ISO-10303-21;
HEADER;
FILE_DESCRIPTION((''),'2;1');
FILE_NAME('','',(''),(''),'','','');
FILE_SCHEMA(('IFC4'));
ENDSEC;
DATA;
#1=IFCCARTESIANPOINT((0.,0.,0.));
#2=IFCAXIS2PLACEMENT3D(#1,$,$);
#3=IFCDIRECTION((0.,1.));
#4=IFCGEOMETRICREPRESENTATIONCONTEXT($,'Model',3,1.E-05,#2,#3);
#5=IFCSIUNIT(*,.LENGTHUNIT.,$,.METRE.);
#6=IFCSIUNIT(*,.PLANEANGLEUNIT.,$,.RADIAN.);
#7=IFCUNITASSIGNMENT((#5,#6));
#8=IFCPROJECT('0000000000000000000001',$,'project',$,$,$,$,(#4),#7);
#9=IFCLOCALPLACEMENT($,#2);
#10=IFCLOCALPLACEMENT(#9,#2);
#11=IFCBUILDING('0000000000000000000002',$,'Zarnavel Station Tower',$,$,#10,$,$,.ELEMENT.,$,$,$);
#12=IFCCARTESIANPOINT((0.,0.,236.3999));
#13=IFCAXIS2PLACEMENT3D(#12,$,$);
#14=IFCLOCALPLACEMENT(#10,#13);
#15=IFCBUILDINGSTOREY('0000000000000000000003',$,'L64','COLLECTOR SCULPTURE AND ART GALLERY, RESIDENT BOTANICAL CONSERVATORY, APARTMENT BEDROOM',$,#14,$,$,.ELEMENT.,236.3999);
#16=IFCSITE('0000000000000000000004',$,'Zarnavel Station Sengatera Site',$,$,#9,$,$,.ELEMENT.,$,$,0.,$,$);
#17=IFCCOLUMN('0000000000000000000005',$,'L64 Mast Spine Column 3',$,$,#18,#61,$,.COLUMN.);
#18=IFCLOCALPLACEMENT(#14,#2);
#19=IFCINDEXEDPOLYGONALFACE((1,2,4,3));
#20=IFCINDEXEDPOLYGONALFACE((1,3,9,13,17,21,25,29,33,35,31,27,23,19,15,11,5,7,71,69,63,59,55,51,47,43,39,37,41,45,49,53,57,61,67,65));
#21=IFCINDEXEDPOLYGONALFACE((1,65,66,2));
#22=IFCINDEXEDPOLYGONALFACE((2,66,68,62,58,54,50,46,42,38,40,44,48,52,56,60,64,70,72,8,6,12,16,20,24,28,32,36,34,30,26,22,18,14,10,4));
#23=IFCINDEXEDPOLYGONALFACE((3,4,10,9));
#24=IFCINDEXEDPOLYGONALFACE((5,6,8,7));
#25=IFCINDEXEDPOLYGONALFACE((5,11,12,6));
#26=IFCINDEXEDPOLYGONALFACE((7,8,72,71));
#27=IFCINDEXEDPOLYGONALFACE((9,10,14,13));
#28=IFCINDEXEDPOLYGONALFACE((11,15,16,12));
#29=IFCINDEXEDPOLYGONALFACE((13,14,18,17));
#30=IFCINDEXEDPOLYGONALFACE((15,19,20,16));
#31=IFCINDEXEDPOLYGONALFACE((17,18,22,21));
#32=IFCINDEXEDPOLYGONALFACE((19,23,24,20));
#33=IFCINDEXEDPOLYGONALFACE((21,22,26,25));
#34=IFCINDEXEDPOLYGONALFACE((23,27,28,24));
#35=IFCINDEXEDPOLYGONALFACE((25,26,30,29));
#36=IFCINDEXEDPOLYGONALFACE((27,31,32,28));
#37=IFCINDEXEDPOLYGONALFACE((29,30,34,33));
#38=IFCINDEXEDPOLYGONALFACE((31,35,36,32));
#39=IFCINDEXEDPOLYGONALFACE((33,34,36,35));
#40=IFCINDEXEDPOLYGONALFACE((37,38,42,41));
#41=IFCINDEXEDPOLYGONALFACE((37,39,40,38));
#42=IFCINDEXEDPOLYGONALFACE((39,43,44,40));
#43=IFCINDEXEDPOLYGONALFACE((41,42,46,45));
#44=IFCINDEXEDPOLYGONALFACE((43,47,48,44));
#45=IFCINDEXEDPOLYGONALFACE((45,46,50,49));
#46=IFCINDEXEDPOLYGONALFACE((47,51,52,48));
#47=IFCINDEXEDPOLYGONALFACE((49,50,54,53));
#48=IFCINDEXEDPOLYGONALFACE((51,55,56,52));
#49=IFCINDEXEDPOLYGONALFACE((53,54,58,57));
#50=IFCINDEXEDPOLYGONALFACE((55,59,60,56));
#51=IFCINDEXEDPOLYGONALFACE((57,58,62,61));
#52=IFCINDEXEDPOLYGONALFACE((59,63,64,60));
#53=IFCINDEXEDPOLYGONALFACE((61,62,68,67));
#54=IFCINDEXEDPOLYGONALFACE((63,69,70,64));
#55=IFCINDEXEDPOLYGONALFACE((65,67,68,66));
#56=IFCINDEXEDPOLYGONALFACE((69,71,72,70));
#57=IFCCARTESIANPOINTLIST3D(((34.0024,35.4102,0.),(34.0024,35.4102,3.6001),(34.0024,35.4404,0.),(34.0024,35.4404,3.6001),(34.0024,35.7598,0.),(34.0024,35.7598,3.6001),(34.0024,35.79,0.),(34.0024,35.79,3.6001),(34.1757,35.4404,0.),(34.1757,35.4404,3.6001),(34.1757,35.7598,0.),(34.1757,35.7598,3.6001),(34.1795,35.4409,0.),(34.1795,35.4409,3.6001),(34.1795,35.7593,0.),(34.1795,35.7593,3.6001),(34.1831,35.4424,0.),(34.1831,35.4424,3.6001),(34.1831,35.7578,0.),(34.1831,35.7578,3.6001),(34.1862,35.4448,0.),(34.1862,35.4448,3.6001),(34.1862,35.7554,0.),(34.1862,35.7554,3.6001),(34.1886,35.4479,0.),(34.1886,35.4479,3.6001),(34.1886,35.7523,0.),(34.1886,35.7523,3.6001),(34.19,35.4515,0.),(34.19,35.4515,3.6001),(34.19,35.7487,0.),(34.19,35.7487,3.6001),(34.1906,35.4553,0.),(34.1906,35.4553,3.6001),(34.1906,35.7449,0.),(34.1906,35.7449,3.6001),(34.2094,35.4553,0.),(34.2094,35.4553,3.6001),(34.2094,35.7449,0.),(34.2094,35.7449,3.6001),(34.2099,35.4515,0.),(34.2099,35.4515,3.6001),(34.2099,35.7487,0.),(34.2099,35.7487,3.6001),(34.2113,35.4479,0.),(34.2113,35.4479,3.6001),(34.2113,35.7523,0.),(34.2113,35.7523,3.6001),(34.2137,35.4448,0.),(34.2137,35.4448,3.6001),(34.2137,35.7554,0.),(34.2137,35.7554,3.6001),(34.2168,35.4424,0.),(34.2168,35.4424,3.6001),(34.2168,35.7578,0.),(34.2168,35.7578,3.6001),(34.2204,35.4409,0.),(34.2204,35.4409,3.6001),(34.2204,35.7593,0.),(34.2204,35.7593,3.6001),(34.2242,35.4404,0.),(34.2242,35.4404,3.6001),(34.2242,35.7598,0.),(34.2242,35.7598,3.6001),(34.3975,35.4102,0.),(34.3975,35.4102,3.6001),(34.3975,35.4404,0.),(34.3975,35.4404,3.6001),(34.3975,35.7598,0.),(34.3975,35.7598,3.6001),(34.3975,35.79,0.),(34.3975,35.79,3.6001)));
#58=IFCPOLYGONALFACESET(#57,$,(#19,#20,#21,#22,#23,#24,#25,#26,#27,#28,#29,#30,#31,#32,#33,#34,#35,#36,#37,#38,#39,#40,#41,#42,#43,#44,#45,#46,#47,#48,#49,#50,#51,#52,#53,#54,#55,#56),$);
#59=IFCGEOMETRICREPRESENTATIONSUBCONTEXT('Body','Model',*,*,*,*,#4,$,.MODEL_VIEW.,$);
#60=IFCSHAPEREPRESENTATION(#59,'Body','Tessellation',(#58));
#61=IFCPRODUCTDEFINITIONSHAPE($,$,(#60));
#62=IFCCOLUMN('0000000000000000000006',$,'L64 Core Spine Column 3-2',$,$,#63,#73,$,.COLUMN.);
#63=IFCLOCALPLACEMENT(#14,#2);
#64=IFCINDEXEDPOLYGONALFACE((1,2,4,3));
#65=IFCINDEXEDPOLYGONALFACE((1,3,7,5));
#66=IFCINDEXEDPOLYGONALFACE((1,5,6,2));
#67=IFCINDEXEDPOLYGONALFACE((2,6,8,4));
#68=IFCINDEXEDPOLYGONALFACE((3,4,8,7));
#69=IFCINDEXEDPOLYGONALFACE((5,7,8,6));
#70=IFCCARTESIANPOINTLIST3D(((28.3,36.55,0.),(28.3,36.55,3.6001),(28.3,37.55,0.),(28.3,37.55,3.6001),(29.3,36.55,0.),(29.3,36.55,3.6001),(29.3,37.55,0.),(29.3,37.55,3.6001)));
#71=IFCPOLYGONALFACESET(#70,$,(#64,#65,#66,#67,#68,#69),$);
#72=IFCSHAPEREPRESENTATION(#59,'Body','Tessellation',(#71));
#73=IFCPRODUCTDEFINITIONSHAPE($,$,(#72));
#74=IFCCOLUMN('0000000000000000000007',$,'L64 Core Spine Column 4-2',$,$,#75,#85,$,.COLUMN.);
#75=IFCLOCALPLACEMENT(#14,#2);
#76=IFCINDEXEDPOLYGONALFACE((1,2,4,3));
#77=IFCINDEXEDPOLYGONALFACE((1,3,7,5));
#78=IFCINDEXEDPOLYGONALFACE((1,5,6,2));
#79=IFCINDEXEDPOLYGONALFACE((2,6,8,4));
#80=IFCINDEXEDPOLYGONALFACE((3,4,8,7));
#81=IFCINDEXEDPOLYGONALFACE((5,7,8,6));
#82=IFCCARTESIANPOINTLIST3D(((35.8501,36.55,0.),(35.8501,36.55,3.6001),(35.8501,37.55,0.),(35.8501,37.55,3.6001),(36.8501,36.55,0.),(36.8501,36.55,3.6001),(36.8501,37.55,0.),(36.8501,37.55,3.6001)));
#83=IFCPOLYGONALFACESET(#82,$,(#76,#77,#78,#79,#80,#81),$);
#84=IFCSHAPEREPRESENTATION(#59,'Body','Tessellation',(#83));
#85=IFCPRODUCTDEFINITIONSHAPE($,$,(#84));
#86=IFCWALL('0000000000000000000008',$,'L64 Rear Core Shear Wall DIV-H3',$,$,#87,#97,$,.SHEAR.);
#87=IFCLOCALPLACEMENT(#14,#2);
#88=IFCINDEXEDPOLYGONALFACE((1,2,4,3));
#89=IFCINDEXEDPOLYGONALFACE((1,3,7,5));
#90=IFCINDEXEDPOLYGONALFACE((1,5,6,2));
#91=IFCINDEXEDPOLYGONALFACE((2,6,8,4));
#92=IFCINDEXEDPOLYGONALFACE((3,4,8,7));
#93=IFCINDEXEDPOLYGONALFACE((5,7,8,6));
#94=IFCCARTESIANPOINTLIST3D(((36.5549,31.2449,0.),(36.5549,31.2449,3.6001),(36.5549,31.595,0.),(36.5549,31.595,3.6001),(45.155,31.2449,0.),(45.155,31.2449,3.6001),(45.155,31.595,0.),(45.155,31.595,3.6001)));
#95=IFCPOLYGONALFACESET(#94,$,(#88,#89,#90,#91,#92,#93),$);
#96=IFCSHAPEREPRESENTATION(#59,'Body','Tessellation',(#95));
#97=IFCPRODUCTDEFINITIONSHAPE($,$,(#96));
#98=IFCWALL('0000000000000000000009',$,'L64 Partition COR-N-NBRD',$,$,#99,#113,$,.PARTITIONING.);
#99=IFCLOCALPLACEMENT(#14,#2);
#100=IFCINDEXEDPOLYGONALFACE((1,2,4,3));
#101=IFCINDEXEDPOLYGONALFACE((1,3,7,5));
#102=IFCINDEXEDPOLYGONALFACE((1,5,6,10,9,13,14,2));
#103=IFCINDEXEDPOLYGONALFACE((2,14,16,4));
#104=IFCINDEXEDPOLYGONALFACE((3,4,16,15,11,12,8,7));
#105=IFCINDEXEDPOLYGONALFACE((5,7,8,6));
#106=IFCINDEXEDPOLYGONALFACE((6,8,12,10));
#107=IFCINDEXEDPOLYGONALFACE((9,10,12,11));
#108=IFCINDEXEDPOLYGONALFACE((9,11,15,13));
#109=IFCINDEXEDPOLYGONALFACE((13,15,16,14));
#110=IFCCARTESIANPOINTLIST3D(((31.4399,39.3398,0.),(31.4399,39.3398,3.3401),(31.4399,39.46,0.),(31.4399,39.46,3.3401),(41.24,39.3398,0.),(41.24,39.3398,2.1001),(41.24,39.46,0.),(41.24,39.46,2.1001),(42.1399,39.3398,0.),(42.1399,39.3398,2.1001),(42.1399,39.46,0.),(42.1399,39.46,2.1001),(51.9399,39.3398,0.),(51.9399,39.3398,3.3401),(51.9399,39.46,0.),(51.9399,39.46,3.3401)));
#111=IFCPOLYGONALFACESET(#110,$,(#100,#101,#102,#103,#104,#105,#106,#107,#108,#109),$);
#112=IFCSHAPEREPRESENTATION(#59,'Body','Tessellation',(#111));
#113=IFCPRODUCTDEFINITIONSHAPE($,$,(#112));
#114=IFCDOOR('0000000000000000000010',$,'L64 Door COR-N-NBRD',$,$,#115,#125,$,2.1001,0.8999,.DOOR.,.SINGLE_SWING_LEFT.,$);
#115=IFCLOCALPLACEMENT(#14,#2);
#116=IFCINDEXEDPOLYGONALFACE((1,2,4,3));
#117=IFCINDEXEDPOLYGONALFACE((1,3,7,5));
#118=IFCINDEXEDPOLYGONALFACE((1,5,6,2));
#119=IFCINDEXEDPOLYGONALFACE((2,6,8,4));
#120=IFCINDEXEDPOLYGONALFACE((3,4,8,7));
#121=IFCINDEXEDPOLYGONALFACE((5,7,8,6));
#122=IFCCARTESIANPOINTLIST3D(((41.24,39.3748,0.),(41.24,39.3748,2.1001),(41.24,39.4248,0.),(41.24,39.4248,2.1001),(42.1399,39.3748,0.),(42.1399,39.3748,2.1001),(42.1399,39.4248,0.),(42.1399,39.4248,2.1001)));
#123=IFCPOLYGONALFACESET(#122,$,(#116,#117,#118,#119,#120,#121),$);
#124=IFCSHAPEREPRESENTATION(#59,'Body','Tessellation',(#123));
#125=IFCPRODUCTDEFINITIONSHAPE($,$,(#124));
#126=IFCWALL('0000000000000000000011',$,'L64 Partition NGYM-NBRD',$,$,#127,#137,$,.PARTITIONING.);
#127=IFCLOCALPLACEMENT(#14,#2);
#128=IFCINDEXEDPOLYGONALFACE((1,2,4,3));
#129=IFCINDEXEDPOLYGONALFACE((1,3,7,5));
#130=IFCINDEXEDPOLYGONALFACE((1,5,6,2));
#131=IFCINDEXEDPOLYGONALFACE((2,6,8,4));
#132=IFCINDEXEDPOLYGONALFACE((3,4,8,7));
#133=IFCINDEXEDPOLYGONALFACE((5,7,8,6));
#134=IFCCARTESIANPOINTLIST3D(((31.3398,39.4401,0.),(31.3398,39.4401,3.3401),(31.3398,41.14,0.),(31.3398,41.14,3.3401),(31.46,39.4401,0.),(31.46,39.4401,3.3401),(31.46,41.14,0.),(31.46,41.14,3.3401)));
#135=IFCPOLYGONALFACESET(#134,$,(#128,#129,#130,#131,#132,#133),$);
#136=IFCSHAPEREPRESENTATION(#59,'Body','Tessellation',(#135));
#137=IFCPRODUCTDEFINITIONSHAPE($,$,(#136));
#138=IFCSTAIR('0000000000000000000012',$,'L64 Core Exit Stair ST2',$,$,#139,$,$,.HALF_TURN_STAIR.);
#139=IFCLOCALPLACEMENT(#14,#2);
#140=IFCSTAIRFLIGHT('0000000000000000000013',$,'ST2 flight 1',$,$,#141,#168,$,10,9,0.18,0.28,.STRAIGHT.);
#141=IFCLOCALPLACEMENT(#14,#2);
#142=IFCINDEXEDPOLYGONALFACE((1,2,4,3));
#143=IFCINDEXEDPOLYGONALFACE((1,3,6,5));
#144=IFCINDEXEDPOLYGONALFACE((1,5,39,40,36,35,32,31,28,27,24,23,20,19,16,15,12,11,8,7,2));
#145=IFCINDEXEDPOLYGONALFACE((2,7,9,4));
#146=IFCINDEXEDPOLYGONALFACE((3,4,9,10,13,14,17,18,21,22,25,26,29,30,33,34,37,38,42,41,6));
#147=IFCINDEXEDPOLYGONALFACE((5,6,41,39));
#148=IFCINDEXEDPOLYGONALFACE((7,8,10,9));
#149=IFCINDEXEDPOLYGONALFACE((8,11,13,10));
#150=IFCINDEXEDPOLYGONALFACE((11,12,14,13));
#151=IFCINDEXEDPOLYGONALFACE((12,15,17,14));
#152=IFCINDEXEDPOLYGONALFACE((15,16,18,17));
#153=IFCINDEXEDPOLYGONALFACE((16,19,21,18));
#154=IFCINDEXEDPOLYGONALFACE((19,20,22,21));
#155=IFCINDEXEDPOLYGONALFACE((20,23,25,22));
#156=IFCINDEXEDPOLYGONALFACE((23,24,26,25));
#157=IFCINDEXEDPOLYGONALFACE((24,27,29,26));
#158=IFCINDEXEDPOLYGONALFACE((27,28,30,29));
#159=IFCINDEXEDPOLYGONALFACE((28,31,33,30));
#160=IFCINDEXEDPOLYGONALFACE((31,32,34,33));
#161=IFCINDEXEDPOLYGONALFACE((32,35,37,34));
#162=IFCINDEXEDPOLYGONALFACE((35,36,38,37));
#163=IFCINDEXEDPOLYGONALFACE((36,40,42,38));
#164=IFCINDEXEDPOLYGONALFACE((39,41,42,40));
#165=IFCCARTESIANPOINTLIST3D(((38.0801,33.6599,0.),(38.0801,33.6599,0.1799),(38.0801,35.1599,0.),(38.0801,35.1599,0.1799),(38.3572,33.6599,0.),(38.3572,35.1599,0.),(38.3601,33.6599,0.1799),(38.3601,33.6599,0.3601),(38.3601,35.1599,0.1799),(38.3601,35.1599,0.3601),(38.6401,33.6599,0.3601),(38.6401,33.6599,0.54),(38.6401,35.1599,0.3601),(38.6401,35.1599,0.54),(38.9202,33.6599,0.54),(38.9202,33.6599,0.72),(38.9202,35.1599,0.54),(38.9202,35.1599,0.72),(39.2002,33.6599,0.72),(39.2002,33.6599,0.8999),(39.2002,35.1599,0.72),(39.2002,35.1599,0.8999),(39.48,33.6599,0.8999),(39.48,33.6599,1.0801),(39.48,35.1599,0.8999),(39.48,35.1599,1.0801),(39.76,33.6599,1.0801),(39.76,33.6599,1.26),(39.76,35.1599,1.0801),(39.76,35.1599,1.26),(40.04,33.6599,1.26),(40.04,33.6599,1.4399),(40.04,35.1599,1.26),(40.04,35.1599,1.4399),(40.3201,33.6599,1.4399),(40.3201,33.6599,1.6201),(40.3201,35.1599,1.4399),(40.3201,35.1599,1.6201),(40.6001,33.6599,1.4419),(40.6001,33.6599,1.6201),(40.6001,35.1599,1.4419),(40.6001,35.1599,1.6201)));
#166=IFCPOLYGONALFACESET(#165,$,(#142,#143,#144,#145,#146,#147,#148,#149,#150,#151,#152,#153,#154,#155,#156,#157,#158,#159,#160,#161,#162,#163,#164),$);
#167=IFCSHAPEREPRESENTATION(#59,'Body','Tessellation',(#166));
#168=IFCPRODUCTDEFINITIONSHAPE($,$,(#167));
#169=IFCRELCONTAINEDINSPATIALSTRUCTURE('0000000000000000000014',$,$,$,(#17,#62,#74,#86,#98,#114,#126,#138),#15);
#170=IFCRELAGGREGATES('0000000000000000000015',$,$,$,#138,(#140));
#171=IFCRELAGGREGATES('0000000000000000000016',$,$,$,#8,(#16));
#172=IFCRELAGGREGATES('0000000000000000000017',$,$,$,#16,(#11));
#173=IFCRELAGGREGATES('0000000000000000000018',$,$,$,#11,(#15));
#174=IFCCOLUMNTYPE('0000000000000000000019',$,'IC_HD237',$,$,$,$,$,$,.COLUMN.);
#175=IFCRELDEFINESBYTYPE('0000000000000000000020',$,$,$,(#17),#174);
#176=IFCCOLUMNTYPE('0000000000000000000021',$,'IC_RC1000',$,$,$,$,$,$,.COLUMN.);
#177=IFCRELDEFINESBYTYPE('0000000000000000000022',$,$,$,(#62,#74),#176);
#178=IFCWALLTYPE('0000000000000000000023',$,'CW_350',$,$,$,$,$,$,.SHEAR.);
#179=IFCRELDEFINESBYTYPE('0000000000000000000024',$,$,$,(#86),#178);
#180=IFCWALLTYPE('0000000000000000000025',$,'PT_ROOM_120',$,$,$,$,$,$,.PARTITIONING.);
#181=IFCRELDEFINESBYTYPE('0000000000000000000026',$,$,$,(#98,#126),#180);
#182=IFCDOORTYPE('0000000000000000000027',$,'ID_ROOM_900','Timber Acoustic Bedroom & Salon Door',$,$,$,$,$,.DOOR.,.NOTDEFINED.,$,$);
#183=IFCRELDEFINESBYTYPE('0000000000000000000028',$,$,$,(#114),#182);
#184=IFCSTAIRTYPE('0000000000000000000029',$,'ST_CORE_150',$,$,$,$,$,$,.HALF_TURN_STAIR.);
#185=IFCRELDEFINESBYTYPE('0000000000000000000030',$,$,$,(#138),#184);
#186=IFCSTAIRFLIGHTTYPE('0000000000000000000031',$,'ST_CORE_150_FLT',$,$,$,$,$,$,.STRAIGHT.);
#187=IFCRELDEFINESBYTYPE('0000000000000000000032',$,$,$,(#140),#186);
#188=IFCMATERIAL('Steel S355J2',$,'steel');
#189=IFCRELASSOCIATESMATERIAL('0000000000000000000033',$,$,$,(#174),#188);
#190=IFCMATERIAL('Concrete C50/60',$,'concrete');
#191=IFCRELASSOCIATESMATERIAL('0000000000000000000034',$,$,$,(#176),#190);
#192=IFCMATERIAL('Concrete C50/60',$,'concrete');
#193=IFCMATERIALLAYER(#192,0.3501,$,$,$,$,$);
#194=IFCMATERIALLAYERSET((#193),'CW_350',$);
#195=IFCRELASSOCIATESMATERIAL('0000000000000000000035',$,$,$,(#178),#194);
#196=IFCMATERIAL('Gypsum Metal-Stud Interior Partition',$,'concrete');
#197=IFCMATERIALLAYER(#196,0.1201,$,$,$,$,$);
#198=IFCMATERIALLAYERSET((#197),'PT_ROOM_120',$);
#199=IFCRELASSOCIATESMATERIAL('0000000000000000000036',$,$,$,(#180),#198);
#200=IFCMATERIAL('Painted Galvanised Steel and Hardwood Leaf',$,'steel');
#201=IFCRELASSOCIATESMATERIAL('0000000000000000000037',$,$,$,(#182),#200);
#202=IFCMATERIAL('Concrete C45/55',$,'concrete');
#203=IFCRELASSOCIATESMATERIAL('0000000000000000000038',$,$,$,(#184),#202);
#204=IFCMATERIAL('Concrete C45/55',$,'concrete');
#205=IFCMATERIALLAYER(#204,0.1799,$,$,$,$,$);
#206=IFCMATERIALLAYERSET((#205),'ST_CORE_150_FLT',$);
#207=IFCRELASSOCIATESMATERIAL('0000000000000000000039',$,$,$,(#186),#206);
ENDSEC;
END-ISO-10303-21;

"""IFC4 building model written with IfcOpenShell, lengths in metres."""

from ifc_helpers import new_model, si_unit, direction, frame, frame_2d, origin, origin_2d, place, context, subcontext, project, spatial, polyline, rectangle, i_section, outline, extrude, material, layer, layer_set, material_profile, profile_set, type_object, element, fill, aggregate, save


model = new_model("IFC4")

# Units and contexts
model_context = context("Model", 3, precision=1e-05, world=origin(), true_north=direction((0.0, 1.0)))
body_context = subcontext(model_context, "Body", "Model", "MODEL_VIEW")
ifc_project = project(units=[si_unit("LENGTHUNIT", "METRE"), si_unit("PLANEANGLEUNIT", "RADIAN")], contexts=[model_context])

# Site, building, storey
site_placement = place(None, origin())
site = spatial("IfcSite", under=ifc_project, at=site_placement, Name="Zarnavel Station Sengatera Site", CompositionType="ELEMENT", RefElevation=0.0)
building_placement = place(site_placement, origin())
building = spatial("IfcBuilding", under=site, at=building_placement, Name="Zarnavel Station Tower", CompositionType="ELEMENT")
storey_placement = place(building_placement, frame((0.0, 0.0, 236.3999)))
storey = spatial("IfcBuildingStorey", under=building, at=storey_placement, Name="L64", Description="COLLECTOR SCULPTURE AND ART GALLERY, RESIDENT BOTANICAL CONSERVATORY, APARTMENT BEDROOM", CompositionType="ELEMENT", Elevation=236.3999)

# Columns
ifc_material_1 = material(Name="Steel S355J2", Category="steel")
ifc_material_profile_1 = material_profile(ifc_material_1, i_section(OverallWidth=0.395, OverallDepth=0.3799, WebThickness=0.0188, FlangeThickness=0.0303, FilletRadius=0.0149, at=origin_2d()), Name="HD400x237")
ifc_profile_set_1 = profile_set([ifc_material_profile_1], Name="Steel S355J2")
column_type_1 = type_object("IfcColumnType", Name="IC_HD237", PredefinedType="COLUMN", material=ifc_profile_set_1)
column_placement = place(storey_placement, frame((34.2, 35.6001, 0.0), z_axis=(0.0, 0.0, 1.0), x_axis=(1.0, 0.0, 0.0)))
element("IfcColumn", 1, at=column_placement, inside=storey, type_object=column_type_1, Name="L64 Mast Spine Column 3", PredefinedType="COLUMN", context=body_context, shape_type="SweptSolid", body=[
    extrude(i_section(OverallWidth=0.395, OverallDepth=0.3799, WebThickness=0.0188, FlangeThickness=0.0303, FilletRadius=0.0149, at=origin_2d()), origin(), (0.0, 0.0, 1.0), 3.6001),
])
ifc_material_2 = material(Name="Concrete C50/60", Category="concrete")
ifc_material_profile_2 = material_profile(ifc_material_2, rectangle(XDim=1.0, YDim=1.0, at=origin_2d()), Name="RC1000x1000")
ifc_profile_set_2 = profile_set([ifc_material_profile_2], Name="Concrete C50/60")
column_type_2 = type_object("IfcColumnType", Name="IC_RC1000", PredefinedType="COLUMN", material=ifc_profile_set_2)
for number, where, z_axis, x_axis, name in (
    (2, (28.8, 37.05, 0.0), (0.0, 0.0, 1.0), (1.0, 0.0, 0.0), "L64 Core Spine Column 3-2"),
    (3, (36.3501, 37.05, 0.0), (0.0, 0.0, 1.0), (1.0, 0.0, 0.0), "L64 Core Spine Column 4-2"),
):
    element("IfcColumn", number, at=place(storey_placement, frame(where, z_axis=z_axis, x_axis=x_axis)), inside=storey, type_object=column_type_2, Name=name, PredefinedType="COLUMN", context=body_context, shape_type="SweptSolid", body=[
        extrude(rectangle(XDim=1.0, YDim=1.0, at=origin_2d()), origin(), (0.0, 0.0, 1.0), 3.6001),
    ])

# Wall
ifc_material_3 = material(Name="Concrete C50/60", Category="concrete")
ifc_layer_1 = layer(ifc_material_3, 0.3501)
ifc_layer_set_1 = layer_set([ifc_layer_1], Name="CW_350")
wall_type_1 = type_object("IfcWallType", Name="CW_350", PredefinedType="SHEAR", material=ifc_layer_set_1)
wall_1_placement = place(storey_placement, frame((36.5549, 31.4199, 0.0), z_axis=(0.0, 0.0, 1.0), x_axis=(1.0, 0.0, 0.0)))
element("IfcWall", 4, at=wall_1_placement, inside=storey, type_object=wall_type_1, Name="L64 Rear Core Shear Wall DIV-H3", PredefinedType="SHEAR", context=body_context, shape_type="SweptSolid", body=[
    extrude(rectangle(XDim=8.6001, YDim=0.3501, at=frame_2d((4.3, 0.0))), origin(), (0.0, 0.0, 1.0), 3.6001),
])

# Wall, opening, door
ifc_material_4 = material(Name="Gypsum Metal-Stud Interior Partition", Category="concrete")
ifc_layer_2 = layer(ifc_material_4, 0.1201)
ifc_layer_set_2 = layer_set([ifc_layer_2], Name="PT_ROOM_120")
wall_type_2 = type_object("IfcWallType", Name="PT_ROOM_120", PredefinedType="PARTITIONING", material=ifc_layer_set_2)
wall_2_placement = place(storey_placement, frame((31.4399, 39.3999, 0.0), z_axis=(0.0, 0.0, 1.0), x_axis=(1.0, 0.0, 0.0)))
wall_2 = element("IfcWall", 5, at=wall_2_placement, inside=storey, type_object=wall_type_2, Name="L64 Partition COR-N-NBRD", PredefinedType="PARTITIONING", context=body_context, shape_type="SweptSolid", body=[
    extrude(rectangle(XDim=20.5, YDim=0.1201, at=frame_2d((10.25, 0.0))), origin(), (0.0, 0.0, 1.0), 3.3401),
])
opening_1_placement = place(wall_2_placement, frame((9.8, 0.0, 0.0)))
opening_1 = element("IfcOpeningElement", 6, at=opening_1_placement, cuts=wall_2, PredefinedType="OPENING", context=body_context, shape_type="SweptSolid", body=[
    extrude(rectangle(XDim=0.8999, YDim=2.1001, at=frame_2d((0.45, 1.05))), frame((0.0, 0.0701, 0.0), z_axis=(0.0, -1.0, 0.0), x_axis=(1.0, 0.0, 0.0)), (0.0, 0.0, 1.0), 0.1401),
])
ifc_material_5 = material(Name="Painted Galvanised Steel and Hardwood Leaf", Category="steel")
door_type_1 = type_object("IfcDoorType", Name="ID_ROOM_900", Description="Timber Acoustic Bedroom & Salon Door", OperationType="NOTDEFINED", PredefinedType="DOOR", material=ifc_material_5)
door_1_placement = place(opening_1_placement, origin())
door_1 = element("IfcDoor", 7, at=door_1_placement, inside=storey, type_object=door_type_1, Name="L64 Door COR-N-NBRD", OperationType="SINGLE_SWING_LEFT", OverallHeight=2.1001, OverallWidth=0.8999, PredefinedType="DOOR", context=body_context, shape_type="SweptSolid", body=[
    extrude(rectangle(XDim=0.8999, YDim=2.1001, at=frame_2d((0.45, 1.05))), frame((0.0, 0.0249, 0.0), z_axis=(0.0, -1.0, 0.0), x_axis=(1.0, 0.0, 0.0)), (0.0, 0.0, 1.0), 0.05),
])
fill(opening_1, door_1)

# Wall
wall_3_placement = place(storey_placement, frame((31.3999, 39.4399, 0.0), z_axis=(0.0, 0.0, 1.0), x_axis=(0.0, 1.0, 0.0)))
element("IfcWall", 8, at=wall_3_placement, inside=storey, type_object=wall_type_2, Name="L64 Partition NGYM-NBRD", PredefinedType="PARTITIONING", context=body_context, shape_type="SweptSolid", body=[
    extrude(rectangle(XDim=1.7, YDim=0.1201, at=frame_2d((0.8501, 0.0))), origin(), (0.0, 0.0, 1.0), 3.3401),
])

# Stair, stair flight
ifc_material_6 = material(Name="Concrete C45/55", Category="concrete")
stair_type = type_object("IfcStairType", Name="ST_CORE_150", PredefinedType="HALF_TURN_STAIR", material=ifc_material_6)
stair_placement = place(storey_placement, origin())
stair = element("IfcStair", 9, at=stair_placement, inside=storey, type_object=stair_type, Name="L64 Core Exit Stair ST2", PredefinedType="HALF_TURN_STAIR")
ifc_material_7 = material(Name="Concrete C45/55", Category="concrete")
ifc_layer_3 = layer(ifc_material_7, 0.1799)
ifc_layer_set_3 = layer_set([ifc_layer_3], Name="ST_CORE_150_FLT")
stair_flight_type = type_object("IfcStairFlightType", Name="ST_CORE_150_FLT", PredefinedType="STRAIGHT", material=ifc_layer_set_3)
stair_flight_1_placement = place(storey_placement, frame((38.0801, 34.4099, 0.0), z_axis=(0.0, 0.0, 1.0), x_axis=(1.0, 0.0, 0.0)))
stair_flight_1 = element("IfcStairFlight", 10, at=stair_flight_1_placement, type_object=stair_flight_type, Name="ST2 flight 1", NumberOfRisers=10, NumberOfTreads=9, PredefinedType="STRAIGHT", RiserHeight=0.18, TreadLength=0.28, context=body_context, shape_type="SweptSolid", body=[
    extrude(outline(polyline([(0.0, 0.0), (0.0, 0.1799), (0.28, 0.1799), (0.28, 0.3601), (0.5601, 0.3601), (0.5601, 0.54), (0.8401, 0.54), (0.8401, 0.72), (1.1201, 0.72), (1.1201, 0.8999), (1.3999, 0.8999), (1.3999, 1.0801), (1.6799, 1.0801), (1.6799, 1.26), (1.96, 1.26), (1.96, 1.4399), (2.24, 1.4399), (2.24, 1.6201), (2.52, 1.6201), (2.52, 1.8), (2.52, 1.4419), (0.2771, 0.0), (0.0, 0.0)])), frame((0.0, 0.75, 0.0), z_axis=(0.0, -1.0, 0.0), x_axis=(1.0, 0.0, 0.0)), (0.0, 0.0, 1.0), 1.5),
])
aggregate(stair, [stair_flight_1])

save(model, "model.ifc")
